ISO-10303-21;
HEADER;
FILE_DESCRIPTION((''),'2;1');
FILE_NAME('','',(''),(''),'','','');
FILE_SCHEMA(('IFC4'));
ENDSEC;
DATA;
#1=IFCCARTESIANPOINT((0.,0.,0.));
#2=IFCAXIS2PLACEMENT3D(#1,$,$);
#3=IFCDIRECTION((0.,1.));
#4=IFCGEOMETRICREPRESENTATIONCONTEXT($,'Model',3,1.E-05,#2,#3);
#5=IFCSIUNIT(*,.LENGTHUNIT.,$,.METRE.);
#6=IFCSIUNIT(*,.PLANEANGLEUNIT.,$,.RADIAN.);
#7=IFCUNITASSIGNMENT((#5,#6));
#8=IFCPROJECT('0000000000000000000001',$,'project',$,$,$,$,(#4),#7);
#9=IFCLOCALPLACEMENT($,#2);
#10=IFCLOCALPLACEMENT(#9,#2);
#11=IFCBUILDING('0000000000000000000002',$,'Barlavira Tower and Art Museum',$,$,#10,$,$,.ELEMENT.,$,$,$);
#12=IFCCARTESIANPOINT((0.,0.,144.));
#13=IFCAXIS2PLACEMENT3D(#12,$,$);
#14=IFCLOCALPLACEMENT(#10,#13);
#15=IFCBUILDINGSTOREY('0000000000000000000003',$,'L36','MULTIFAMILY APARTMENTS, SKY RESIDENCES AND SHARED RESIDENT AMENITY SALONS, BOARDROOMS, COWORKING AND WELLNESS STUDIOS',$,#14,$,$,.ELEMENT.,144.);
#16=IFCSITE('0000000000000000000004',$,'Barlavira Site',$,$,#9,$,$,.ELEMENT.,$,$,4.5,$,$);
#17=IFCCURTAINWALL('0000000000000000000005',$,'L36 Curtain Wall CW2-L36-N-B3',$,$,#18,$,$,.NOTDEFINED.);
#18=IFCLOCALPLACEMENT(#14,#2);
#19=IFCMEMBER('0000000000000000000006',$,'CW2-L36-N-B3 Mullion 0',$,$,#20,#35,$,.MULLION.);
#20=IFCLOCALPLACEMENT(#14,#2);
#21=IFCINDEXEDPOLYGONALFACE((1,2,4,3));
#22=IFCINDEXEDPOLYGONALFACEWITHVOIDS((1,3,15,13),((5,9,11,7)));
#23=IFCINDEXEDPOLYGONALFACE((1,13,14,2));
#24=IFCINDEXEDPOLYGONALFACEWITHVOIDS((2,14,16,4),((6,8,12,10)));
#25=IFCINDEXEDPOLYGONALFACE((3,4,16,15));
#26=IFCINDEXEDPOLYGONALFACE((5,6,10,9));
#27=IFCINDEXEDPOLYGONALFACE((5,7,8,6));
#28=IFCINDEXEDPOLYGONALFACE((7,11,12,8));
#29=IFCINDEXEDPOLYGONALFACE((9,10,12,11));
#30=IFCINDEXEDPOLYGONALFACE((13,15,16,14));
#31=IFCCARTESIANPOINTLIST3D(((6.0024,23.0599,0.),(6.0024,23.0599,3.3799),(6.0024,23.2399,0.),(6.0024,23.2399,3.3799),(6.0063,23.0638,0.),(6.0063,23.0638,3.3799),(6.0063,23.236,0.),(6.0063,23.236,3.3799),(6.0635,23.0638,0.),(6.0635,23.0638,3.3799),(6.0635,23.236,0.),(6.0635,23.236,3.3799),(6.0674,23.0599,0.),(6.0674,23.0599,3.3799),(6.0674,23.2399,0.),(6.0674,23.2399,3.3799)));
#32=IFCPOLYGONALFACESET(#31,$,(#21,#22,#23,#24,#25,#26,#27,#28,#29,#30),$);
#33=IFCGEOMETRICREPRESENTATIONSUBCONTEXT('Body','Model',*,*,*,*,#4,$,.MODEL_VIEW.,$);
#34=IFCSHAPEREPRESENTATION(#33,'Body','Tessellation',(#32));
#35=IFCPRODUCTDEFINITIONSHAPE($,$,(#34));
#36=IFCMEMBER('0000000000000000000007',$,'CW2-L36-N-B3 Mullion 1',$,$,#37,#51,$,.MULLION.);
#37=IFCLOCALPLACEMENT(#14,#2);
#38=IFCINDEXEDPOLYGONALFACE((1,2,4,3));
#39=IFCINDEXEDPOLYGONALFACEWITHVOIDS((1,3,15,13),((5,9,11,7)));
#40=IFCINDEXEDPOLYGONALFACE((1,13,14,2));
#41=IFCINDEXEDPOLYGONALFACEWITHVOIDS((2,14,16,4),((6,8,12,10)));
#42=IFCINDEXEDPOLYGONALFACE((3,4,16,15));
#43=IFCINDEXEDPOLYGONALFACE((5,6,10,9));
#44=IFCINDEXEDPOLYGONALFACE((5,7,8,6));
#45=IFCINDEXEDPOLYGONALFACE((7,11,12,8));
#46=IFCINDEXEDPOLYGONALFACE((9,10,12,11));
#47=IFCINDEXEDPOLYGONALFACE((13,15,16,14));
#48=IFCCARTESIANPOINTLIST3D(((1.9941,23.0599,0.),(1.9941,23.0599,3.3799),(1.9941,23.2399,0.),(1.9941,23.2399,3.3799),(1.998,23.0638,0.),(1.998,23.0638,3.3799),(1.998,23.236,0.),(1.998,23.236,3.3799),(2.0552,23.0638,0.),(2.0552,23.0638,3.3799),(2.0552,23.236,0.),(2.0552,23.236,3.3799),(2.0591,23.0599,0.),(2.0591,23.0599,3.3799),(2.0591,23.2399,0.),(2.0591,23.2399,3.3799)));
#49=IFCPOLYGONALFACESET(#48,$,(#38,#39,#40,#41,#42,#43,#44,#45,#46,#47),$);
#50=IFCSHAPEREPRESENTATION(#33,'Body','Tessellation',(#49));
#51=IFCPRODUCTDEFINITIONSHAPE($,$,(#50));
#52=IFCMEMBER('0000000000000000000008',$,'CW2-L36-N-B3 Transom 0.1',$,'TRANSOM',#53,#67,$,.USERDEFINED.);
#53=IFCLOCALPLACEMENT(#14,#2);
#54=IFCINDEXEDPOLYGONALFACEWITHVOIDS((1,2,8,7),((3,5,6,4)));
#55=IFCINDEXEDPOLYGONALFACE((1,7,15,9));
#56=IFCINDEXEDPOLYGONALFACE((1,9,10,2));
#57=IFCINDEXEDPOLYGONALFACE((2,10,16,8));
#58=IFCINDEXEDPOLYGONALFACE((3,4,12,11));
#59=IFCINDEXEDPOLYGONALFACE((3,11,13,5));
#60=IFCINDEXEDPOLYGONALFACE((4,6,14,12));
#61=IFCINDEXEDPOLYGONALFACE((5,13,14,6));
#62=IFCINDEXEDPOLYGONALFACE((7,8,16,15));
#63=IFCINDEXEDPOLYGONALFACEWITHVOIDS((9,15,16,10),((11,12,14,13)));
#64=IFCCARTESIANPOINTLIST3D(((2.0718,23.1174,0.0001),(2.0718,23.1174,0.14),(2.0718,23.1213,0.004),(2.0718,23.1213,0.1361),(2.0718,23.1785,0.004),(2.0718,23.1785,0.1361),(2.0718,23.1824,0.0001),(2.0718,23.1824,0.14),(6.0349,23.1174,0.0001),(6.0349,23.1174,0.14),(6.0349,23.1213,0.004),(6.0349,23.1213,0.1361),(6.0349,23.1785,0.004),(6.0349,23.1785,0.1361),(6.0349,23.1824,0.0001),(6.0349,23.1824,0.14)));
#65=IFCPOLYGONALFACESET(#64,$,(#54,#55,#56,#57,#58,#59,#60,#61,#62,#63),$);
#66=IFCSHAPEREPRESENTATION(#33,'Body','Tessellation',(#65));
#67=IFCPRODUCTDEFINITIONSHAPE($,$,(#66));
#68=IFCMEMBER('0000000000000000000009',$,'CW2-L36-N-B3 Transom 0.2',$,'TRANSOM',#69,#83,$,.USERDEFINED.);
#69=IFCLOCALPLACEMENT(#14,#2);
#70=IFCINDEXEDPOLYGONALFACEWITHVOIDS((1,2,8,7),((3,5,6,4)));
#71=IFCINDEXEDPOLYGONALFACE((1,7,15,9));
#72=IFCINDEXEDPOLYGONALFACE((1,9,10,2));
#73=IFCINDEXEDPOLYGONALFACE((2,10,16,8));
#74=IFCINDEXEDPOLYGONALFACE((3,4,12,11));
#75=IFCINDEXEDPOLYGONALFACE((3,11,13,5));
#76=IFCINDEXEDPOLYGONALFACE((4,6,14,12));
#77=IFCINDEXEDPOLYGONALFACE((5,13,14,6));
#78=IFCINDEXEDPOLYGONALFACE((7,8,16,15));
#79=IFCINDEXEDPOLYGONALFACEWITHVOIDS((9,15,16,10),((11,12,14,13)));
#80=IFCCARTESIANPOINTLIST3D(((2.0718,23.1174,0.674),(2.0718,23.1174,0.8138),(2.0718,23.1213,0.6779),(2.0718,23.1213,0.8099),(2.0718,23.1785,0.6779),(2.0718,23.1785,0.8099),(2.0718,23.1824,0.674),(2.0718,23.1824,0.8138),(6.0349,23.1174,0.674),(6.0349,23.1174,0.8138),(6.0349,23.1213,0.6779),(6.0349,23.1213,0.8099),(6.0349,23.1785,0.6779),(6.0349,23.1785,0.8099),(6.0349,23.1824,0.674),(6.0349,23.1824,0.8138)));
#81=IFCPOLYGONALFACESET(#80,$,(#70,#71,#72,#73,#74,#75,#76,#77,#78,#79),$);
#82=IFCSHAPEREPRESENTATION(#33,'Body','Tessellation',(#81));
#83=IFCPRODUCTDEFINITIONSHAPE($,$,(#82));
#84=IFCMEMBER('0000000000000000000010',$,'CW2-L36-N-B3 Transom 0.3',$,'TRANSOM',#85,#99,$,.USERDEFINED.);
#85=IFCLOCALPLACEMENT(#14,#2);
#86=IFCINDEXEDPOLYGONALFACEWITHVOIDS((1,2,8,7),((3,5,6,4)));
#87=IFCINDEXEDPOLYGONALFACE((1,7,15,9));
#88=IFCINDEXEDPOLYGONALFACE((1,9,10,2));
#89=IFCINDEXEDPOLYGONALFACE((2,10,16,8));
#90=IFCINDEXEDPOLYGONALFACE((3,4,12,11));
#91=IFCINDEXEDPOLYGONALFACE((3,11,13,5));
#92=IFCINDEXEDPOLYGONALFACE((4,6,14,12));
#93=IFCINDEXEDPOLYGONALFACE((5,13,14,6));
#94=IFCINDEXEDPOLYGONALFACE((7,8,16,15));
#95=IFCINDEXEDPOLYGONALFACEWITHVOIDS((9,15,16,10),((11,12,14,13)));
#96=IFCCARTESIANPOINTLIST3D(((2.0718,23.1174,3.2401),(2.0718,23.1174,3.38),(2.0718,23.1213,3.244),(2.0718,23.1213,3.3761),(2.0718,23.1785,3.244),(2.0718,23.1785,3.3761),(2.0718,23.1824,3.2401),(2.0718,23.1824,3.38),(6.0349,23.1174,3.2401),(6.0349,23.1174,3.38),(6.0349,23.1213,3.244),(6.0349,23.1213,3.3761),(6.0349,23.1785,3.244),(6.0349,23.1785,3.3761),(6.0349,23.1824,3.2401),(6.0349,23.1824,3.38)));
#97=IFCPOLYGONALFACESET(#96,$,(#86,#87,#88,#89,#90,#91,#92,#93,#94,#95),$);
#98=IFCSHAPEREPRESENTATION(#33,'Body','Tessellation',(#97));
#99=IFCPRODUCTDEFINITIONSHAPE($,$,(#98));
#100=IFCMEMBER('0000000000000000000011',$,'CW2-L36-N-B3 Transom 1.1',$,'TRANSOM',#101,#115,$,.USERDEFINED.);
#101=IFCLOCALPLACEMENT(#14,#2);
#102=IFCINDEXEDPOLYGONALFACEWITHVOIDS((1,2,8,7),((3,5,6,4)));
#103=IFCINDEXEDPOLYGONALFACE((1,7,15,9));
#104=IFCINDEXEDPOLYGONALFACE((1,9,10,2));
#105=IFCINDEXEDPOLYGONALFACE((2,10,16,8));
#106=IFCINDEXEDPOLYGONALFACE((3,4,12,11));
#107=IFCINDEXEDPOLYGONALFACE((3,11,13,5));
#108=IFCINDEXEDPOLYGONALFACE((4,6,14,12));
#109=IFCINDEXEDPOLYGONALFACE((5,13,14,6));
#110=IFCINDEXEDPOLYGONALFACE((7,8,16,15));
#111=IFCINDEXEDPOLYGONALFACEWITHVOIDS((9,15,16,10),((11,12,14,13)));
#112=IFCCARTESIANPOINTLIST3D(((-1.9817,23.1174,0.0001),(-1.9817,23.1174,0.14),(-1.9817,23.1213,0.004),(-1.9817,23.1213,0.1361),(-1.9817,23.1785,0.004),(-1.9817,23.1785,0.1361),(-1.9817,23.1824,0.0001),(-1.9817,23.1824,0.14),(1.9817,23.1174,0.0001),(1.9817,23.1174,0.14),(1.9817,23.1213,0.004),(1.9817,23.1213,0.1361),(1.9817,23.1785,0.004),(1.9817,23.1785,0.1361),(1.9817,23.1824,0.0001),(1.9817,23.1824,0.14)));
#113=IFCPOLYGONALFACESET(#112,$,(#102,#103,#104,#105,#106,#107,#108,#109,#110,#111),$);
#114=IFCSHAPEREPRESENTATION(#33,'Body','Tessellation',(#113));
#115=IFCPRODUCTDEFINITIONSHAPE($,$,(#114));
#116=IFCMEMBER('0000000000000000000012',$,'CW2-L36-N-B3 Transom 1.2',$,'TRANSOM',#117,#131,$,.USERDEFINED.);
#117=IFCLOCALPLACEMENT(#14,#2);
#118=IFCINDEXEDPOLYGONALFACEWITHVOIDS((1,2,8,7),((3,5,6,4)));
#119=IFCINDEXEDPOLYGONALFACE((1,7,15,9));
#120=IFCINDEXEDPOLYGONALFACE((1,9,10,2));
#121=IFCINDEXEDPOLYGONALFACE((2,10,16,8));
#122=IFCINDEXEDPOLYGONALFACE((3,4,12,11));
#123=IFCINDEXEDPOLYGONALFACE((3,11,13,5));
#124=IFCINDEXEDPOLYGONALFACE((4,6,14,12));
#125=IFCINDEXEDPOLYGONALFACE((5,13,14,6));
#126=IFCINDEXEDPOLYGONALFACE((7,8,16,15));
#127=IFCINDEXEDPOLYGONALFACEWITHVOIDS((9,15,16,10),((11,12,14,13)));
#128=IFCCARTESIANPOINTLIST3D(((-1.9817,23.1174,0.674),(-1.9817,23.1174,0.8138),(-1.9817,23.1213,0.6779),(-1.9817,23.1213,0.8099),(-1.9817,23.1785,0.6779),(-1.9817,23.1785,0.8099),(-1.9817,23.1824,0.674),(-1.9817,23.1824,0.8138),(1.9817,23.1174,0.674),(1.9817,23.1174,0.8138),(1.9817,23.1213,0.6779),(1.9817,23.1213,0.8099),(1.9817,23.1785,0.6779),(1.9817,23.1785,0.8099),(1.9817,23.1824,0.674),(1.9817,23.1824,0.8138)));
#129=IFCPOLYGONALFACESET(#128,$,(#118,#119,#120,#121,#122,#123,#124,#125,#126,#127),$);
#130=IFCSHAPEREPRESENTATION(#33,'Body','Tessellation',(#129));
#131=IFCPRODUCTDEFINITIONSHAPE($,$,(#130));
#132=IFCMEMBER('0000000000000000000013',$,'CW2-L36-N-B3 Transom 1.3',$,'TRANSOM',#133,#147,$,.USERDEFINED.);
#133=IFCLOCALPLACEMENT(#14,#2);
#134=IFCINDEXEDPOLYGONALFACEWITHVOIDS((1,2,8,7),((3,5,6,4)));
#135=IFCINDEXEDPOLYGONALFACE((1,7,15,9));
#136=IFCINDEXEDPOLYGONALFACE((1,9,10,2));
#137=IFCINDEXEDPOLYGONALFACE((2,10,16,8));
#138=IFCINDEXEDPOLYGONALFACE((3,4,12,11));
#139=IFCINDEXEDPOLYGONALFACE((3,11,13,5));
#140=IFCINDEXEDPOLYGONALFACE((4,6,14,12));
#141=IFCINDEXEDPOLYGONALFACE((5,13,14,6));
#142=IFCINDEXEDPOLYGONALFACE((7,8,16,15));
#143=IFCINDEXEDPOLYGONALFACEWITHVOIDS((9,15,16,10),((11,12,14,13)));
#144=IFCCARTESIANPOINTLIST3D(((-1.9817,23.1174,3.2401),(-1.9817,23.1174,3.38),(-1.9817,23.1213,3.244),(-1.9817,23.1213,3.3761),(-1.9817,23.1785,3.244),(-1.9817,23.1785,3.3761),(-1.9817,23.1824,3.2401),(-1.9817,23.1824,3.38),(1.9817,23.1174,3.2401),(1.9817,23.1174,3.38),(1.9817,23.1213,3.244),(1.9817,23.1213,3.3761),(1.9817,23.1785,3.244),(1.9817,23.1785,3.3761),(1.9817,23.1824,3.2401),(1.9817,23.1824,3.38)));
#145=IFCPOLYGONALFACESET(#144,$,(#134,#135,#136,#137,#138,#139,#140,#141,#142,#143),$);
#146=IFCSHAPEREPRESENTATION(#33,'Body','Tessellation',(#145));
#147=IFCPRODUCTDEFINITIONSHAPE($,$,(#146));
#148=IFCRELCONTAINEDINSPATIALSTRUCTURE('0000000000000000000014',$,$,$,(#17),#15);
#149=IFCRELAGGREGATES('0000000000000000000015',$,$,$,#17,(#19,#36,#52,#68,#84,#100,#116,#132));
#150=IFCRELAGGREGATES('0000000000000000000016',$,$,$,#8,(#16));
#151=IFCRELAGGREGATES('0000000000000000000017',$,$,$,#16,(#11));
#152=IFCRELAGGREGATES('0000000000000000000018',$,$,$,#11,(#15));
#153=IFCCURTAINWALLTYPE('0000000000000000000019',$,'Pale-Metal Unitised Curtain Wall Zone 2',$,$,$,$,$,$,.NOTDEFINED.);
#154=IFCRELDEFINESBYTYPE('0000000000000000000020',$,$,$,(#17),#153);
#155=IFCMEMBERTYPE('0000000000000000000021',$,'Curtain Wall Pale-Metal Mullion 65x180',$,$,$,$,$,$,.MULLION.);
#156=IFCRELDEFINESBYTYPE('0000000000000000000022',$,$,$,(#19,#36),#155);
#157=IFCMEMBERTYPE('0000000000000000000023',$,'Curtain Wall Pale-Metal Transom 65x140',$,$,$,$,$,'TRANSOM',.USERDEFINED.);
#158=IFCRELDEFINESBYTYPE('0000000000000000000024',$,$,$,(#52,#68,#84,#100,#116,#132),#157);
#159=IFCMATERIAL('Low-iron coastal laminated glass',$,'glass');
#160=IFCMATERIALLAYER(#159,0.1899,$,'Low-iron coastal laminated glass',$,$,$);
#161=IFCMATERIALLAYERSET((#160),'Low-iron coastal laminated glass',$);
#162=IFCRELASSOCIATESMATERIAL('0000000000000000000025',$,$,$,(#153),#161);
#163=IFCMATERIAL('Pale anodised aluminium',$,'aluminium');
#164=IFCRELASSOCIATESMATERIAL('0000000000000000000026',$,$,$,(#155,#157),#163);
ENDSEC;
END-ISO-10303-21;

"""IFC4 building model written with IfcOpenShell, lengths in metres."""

from ifc_helpers import new_model, si_unit, direction, frame, origin, origin_2d, place, context, subcontext, project, spatial, hollow_rectangle, extrude, material, layer, layer_set, material_profile, profile_set, type_object, element, aggregate, save


model = new_model("IFC4")

# Units and contexts
model_context = context("Model", 3, precision=1e-05, world=origin(), true_north=direction((0.0, 1.0)))
body_context = subcontext(model_context, "Body", "Model", "MODEL_VIEW")
ifc_project = project(units=[si_unit("LENGTHUNIT", "METRE"), si_unit("PLANEANGLEUNIT", "RADIAN")], contexts=[model_context])

# Site, building, storey
site_placement = place(None, origin())
site = spatial("IfcSite", under=ifc_project, at=site_placement, Name="Barlavira Site", CompositionType="ELEMENT", RefElevation=4.5)
building_placement = place(site_placement, origin())
building = spatial("IfcBuilding", under=site, at=building_placement, Name="Barlavira Tower and Art Museum", CompositionType="ELEMENT")
storey_placement = place(building_placement, frame((0.0, 0.0, 144.0)))
storey = spatial("IfcBuildingStorey", under=building, at=storey_placement, Name="L36", Description="MULTIFAMILY APARTMENTS, SKY RESIDENCES AND SHARED RESIDENT AMENITY SALONS, BOARDROOMS, COWORKING AND WELLNESS STUDIOS", CompositionType="ELEMENT", Elevation=144.0)

# Curtain wall, members
ifc_material_1 = material(Name="Low-iron coastal laminated glass", Category="glass")
ifc_layer_1 = layer(ifc_material_1, 0.1899, Name="Low-iron coastal laminated glass")
ifc_layer_set_1 = layer_set([ifc_layer_1], Name="Low-iron coastal laminated glass")
curtain_wall_type = type_object("IfcCurtainWallType", Name="Pale-Metal Unitised Curtain Wall Zone 2", PredefinedType="NOTDEFINED", material=ifc_layer_set_1)
curtain_wall_placement = place(storey_placement, origin())
curtain_wall = element("IfcCurtainWall", 1, at=curtain_wall_placement, inside=storey, type_object=curtain_wall_type, Name="L36 Curtain Wall CW2-L36-N-B3", PredefinedType="NOTDEFINED")
ifc_material_2 = material(Name="Pale anodised aluminium", Category="aluminium")
ifc_material_profile_1 = material_profile(ifc_material_2, hollow_rectangle(XDim=0.0649, YDim=0.1799, WallThickness=0.0039, at=origin_2d()), Name="ALU-MULL 65x180x4")
ifc_profile_set_1 = profile_set([ifc_material_profile_1], Name="Pale anodised aluminium")
member_type_1 = type_object("IfcMemberType", Name="Curtain Wall Pale-Metal Mullion 65x180", PredefinedType="MULLION", material=ifc_profile_set_1)
member_1_placement = place(storey_placement, frame((6.0349, 23.1499, 0.0), z_axis=(0.0, 0.0, 1.0), x_axis=(-1.0, 0.0, 0.0)))
member_1 = element("IfcMember", 2, at=member_1_placement, type_object=member_type_1, Name="CW2-L36-N-B3 Mullion 0", PredefinedType="MULLION", context=body_context, shape_type="SweptSolid", body=[
    extrude(hollow_rectangle(XDim=0.0649, YDim=0.1799, WallThickness=0.0039, at=origin_2d()), origin(), (0.0, 0.0, 1.0), 3.3799),
])
member_2_placement = place(storey_placement, frame((2.0266, 23.1499, 0.0), z_axis=(0.0, 0.0, 1.0), x_axis=(-1.0, 0.0, 0.0)))
member_2 = element("IfcMember", 3, at=member_2_placement, type_object=member_type_1, Name="CW2-L36-N-B3 Mullion 1", PredefinedType="MULLION", context=body_context, shape_type="SweptSolid", body=[
    extrude(hollow_rectangle(XDim=0.0649, YDim=0.1799, WallThickness=0.0039, at=origin_2d()), origin(), (0.0, 0.0, 1.0), 3.3799),
])
ifc_material_profile_2 = material_profile(ifc_material_2, hollow_rectangle(XDim=0.0649, YDim=0.1399, WallThickness=0.0039, at=origin_2d()), Name="ALU-TRAN 65x140x4")
ifc_profile_set_2 = profile_set([ifc_material_profile_2], Name="Pale anodised aluminium")
member_type_2 = type_object("IfcMemberType", Name="Curtain Wall Pale-Metal Transom 65x140", ElementType="TRANSOM", PredefinedType="USERDEFINED", material=ifc_profile_set_2)
member_3_placement = place(storey_placement, frame((6.0349, 23.1499, 0.0701), z_axis=(-1.0, 0.0, 0.0), x_axis=(0.0, -1.0, 0.0)))
member_3 = element("IfcMember", 4, at=member_3_placement, type_object=member_type_2, Name="CW2-L36-N-B3 Transom 0.1", ObjectType="TRANSOM", PredefinedType="USERDEFINED", context=body_context, shape_type="SweptSolid", body=[
    extrude(hollow_rectangle(XDim=0.0649, YDim=0.1399, WallThickness=0.0039, at=origin_2d()), origin(), (0.0, 0.0, 1.0), 3.9631),
])
member_4_placement = place(storey_placement, frame((6.0349, 23.1499, 0.7439), z_axis=(-1.0, 0.0, 0.0), x_axis=(0.0, -1.0, 0.0)))
member_4 = element("IfcMember", 5, at=member_4_placement, type_object=member_type_2, Name="CW2-L36-N-B3 Transom 0.2", ObjectType="TRANSOM", PredefinedType="USERDEFINED", context=body_context, shape_type="SweptSolid", body=[
    extrude(hollow_rectangle(XDim=0.0649, YDim=0.1399, WallThickness=0.0039, at=origin_2d()), origin(), (0.0, 0.0, 1.0), 3.9631),
])
member_5_placement = place(storey_placement, frame((6.0349, 23.1499, 3.3101), z_axis=(-1.0, 0.0, 0.0), x_axis=(0.0, -1.0, 0.0)))
member_5 = element("IfcMember", 6, at=member_5_placement, type_object=member_type_2, Name="CW2-L36-N-B3 Transom 0.3", ObjectType="TRANSOM", PredefinedType="USERDEFINED", context=body_context, shape_type="SweptSolid", body=[
    extrude(hollow_rectangle(XDim=0.0649, YDim=0.1399, WallThickness=0.0039, at=origin_2d()), origin(), (0.0, 0.0, 1.0), 3.9631),
])
member_6_placement = place(storey_placement, frame((1.9817, 23.1499, 0.0701), z_axis=(-1.0, 0.0, 0.0), x_axis=(0.0, -1.0, 0.0)))
member_6 = element("IfcMember", 7, at=member_6_placement, type_object=member_type_2, Name="CW2-L36-N-B3 Transom 1.1", ObjectType="TRANSOM", PredefinedType="USERDEFINED", context=body_context, shape_type="SweptSolid", body=[
    extrude(hollow_rectangle(XDim=0.0649, YDim=0.1399, WallThickness=0.0039, at=origin_2d()), origin(), (0.0, 0.0, 1.0), 3.9634),
])
member_7_placement = place(storey_placement, frame((1.9817, 23.1499, 0.7439), z_axis=(-1.0, 0.0, 0.0), x_axis=(0.0, -1.0, 0.0)))
member_7 = element("IfcMember", 8, at=member_7_placement, type_object=member_type_2, Name="CW2-L36-N-B3 Transom 1.2", ObjectType="TRANSOM", PredefinedType="USERDEFINED", context=body_context, shape_type="SweptSolid", body=[
    extrude(hollow_rectangle(XDim=0.0649, YDim=0.1399, WallThickness=0.0039, at=origin_2d()), origin(), (0.0, 0.0, 1.0), 3.9634),
])
member_8_placement = place(storey_placement, frame((1.9817, 23.1499, 3.3101), z_axis=(-1.0, 0.0, 0.0), x_axis=(0.0, -1.0, 0.0)))
member_8 = element("IfcMember", 9, at=member_8_placement, type_object=member_type_2, Name="CW2-L36-N-B3 Transom 1.3", ObjectType="TRANSOM", PredefinedType="USERDEFINED", context=body_context, shape_type="SweptSolid", body=[
    extrude(hollow_rectangle(XDim=0.0649, YDim=0.1399, WallThickness=0.0039, at=origin_2d()), origin(), (0.0, 0.0, 1.0), 3.9634),
])

aggregate(curtain_wall, [member_1, member_2, member_3, member_4, member_5, member_6, member_7, member_8])

save(model, "model.ifc")
